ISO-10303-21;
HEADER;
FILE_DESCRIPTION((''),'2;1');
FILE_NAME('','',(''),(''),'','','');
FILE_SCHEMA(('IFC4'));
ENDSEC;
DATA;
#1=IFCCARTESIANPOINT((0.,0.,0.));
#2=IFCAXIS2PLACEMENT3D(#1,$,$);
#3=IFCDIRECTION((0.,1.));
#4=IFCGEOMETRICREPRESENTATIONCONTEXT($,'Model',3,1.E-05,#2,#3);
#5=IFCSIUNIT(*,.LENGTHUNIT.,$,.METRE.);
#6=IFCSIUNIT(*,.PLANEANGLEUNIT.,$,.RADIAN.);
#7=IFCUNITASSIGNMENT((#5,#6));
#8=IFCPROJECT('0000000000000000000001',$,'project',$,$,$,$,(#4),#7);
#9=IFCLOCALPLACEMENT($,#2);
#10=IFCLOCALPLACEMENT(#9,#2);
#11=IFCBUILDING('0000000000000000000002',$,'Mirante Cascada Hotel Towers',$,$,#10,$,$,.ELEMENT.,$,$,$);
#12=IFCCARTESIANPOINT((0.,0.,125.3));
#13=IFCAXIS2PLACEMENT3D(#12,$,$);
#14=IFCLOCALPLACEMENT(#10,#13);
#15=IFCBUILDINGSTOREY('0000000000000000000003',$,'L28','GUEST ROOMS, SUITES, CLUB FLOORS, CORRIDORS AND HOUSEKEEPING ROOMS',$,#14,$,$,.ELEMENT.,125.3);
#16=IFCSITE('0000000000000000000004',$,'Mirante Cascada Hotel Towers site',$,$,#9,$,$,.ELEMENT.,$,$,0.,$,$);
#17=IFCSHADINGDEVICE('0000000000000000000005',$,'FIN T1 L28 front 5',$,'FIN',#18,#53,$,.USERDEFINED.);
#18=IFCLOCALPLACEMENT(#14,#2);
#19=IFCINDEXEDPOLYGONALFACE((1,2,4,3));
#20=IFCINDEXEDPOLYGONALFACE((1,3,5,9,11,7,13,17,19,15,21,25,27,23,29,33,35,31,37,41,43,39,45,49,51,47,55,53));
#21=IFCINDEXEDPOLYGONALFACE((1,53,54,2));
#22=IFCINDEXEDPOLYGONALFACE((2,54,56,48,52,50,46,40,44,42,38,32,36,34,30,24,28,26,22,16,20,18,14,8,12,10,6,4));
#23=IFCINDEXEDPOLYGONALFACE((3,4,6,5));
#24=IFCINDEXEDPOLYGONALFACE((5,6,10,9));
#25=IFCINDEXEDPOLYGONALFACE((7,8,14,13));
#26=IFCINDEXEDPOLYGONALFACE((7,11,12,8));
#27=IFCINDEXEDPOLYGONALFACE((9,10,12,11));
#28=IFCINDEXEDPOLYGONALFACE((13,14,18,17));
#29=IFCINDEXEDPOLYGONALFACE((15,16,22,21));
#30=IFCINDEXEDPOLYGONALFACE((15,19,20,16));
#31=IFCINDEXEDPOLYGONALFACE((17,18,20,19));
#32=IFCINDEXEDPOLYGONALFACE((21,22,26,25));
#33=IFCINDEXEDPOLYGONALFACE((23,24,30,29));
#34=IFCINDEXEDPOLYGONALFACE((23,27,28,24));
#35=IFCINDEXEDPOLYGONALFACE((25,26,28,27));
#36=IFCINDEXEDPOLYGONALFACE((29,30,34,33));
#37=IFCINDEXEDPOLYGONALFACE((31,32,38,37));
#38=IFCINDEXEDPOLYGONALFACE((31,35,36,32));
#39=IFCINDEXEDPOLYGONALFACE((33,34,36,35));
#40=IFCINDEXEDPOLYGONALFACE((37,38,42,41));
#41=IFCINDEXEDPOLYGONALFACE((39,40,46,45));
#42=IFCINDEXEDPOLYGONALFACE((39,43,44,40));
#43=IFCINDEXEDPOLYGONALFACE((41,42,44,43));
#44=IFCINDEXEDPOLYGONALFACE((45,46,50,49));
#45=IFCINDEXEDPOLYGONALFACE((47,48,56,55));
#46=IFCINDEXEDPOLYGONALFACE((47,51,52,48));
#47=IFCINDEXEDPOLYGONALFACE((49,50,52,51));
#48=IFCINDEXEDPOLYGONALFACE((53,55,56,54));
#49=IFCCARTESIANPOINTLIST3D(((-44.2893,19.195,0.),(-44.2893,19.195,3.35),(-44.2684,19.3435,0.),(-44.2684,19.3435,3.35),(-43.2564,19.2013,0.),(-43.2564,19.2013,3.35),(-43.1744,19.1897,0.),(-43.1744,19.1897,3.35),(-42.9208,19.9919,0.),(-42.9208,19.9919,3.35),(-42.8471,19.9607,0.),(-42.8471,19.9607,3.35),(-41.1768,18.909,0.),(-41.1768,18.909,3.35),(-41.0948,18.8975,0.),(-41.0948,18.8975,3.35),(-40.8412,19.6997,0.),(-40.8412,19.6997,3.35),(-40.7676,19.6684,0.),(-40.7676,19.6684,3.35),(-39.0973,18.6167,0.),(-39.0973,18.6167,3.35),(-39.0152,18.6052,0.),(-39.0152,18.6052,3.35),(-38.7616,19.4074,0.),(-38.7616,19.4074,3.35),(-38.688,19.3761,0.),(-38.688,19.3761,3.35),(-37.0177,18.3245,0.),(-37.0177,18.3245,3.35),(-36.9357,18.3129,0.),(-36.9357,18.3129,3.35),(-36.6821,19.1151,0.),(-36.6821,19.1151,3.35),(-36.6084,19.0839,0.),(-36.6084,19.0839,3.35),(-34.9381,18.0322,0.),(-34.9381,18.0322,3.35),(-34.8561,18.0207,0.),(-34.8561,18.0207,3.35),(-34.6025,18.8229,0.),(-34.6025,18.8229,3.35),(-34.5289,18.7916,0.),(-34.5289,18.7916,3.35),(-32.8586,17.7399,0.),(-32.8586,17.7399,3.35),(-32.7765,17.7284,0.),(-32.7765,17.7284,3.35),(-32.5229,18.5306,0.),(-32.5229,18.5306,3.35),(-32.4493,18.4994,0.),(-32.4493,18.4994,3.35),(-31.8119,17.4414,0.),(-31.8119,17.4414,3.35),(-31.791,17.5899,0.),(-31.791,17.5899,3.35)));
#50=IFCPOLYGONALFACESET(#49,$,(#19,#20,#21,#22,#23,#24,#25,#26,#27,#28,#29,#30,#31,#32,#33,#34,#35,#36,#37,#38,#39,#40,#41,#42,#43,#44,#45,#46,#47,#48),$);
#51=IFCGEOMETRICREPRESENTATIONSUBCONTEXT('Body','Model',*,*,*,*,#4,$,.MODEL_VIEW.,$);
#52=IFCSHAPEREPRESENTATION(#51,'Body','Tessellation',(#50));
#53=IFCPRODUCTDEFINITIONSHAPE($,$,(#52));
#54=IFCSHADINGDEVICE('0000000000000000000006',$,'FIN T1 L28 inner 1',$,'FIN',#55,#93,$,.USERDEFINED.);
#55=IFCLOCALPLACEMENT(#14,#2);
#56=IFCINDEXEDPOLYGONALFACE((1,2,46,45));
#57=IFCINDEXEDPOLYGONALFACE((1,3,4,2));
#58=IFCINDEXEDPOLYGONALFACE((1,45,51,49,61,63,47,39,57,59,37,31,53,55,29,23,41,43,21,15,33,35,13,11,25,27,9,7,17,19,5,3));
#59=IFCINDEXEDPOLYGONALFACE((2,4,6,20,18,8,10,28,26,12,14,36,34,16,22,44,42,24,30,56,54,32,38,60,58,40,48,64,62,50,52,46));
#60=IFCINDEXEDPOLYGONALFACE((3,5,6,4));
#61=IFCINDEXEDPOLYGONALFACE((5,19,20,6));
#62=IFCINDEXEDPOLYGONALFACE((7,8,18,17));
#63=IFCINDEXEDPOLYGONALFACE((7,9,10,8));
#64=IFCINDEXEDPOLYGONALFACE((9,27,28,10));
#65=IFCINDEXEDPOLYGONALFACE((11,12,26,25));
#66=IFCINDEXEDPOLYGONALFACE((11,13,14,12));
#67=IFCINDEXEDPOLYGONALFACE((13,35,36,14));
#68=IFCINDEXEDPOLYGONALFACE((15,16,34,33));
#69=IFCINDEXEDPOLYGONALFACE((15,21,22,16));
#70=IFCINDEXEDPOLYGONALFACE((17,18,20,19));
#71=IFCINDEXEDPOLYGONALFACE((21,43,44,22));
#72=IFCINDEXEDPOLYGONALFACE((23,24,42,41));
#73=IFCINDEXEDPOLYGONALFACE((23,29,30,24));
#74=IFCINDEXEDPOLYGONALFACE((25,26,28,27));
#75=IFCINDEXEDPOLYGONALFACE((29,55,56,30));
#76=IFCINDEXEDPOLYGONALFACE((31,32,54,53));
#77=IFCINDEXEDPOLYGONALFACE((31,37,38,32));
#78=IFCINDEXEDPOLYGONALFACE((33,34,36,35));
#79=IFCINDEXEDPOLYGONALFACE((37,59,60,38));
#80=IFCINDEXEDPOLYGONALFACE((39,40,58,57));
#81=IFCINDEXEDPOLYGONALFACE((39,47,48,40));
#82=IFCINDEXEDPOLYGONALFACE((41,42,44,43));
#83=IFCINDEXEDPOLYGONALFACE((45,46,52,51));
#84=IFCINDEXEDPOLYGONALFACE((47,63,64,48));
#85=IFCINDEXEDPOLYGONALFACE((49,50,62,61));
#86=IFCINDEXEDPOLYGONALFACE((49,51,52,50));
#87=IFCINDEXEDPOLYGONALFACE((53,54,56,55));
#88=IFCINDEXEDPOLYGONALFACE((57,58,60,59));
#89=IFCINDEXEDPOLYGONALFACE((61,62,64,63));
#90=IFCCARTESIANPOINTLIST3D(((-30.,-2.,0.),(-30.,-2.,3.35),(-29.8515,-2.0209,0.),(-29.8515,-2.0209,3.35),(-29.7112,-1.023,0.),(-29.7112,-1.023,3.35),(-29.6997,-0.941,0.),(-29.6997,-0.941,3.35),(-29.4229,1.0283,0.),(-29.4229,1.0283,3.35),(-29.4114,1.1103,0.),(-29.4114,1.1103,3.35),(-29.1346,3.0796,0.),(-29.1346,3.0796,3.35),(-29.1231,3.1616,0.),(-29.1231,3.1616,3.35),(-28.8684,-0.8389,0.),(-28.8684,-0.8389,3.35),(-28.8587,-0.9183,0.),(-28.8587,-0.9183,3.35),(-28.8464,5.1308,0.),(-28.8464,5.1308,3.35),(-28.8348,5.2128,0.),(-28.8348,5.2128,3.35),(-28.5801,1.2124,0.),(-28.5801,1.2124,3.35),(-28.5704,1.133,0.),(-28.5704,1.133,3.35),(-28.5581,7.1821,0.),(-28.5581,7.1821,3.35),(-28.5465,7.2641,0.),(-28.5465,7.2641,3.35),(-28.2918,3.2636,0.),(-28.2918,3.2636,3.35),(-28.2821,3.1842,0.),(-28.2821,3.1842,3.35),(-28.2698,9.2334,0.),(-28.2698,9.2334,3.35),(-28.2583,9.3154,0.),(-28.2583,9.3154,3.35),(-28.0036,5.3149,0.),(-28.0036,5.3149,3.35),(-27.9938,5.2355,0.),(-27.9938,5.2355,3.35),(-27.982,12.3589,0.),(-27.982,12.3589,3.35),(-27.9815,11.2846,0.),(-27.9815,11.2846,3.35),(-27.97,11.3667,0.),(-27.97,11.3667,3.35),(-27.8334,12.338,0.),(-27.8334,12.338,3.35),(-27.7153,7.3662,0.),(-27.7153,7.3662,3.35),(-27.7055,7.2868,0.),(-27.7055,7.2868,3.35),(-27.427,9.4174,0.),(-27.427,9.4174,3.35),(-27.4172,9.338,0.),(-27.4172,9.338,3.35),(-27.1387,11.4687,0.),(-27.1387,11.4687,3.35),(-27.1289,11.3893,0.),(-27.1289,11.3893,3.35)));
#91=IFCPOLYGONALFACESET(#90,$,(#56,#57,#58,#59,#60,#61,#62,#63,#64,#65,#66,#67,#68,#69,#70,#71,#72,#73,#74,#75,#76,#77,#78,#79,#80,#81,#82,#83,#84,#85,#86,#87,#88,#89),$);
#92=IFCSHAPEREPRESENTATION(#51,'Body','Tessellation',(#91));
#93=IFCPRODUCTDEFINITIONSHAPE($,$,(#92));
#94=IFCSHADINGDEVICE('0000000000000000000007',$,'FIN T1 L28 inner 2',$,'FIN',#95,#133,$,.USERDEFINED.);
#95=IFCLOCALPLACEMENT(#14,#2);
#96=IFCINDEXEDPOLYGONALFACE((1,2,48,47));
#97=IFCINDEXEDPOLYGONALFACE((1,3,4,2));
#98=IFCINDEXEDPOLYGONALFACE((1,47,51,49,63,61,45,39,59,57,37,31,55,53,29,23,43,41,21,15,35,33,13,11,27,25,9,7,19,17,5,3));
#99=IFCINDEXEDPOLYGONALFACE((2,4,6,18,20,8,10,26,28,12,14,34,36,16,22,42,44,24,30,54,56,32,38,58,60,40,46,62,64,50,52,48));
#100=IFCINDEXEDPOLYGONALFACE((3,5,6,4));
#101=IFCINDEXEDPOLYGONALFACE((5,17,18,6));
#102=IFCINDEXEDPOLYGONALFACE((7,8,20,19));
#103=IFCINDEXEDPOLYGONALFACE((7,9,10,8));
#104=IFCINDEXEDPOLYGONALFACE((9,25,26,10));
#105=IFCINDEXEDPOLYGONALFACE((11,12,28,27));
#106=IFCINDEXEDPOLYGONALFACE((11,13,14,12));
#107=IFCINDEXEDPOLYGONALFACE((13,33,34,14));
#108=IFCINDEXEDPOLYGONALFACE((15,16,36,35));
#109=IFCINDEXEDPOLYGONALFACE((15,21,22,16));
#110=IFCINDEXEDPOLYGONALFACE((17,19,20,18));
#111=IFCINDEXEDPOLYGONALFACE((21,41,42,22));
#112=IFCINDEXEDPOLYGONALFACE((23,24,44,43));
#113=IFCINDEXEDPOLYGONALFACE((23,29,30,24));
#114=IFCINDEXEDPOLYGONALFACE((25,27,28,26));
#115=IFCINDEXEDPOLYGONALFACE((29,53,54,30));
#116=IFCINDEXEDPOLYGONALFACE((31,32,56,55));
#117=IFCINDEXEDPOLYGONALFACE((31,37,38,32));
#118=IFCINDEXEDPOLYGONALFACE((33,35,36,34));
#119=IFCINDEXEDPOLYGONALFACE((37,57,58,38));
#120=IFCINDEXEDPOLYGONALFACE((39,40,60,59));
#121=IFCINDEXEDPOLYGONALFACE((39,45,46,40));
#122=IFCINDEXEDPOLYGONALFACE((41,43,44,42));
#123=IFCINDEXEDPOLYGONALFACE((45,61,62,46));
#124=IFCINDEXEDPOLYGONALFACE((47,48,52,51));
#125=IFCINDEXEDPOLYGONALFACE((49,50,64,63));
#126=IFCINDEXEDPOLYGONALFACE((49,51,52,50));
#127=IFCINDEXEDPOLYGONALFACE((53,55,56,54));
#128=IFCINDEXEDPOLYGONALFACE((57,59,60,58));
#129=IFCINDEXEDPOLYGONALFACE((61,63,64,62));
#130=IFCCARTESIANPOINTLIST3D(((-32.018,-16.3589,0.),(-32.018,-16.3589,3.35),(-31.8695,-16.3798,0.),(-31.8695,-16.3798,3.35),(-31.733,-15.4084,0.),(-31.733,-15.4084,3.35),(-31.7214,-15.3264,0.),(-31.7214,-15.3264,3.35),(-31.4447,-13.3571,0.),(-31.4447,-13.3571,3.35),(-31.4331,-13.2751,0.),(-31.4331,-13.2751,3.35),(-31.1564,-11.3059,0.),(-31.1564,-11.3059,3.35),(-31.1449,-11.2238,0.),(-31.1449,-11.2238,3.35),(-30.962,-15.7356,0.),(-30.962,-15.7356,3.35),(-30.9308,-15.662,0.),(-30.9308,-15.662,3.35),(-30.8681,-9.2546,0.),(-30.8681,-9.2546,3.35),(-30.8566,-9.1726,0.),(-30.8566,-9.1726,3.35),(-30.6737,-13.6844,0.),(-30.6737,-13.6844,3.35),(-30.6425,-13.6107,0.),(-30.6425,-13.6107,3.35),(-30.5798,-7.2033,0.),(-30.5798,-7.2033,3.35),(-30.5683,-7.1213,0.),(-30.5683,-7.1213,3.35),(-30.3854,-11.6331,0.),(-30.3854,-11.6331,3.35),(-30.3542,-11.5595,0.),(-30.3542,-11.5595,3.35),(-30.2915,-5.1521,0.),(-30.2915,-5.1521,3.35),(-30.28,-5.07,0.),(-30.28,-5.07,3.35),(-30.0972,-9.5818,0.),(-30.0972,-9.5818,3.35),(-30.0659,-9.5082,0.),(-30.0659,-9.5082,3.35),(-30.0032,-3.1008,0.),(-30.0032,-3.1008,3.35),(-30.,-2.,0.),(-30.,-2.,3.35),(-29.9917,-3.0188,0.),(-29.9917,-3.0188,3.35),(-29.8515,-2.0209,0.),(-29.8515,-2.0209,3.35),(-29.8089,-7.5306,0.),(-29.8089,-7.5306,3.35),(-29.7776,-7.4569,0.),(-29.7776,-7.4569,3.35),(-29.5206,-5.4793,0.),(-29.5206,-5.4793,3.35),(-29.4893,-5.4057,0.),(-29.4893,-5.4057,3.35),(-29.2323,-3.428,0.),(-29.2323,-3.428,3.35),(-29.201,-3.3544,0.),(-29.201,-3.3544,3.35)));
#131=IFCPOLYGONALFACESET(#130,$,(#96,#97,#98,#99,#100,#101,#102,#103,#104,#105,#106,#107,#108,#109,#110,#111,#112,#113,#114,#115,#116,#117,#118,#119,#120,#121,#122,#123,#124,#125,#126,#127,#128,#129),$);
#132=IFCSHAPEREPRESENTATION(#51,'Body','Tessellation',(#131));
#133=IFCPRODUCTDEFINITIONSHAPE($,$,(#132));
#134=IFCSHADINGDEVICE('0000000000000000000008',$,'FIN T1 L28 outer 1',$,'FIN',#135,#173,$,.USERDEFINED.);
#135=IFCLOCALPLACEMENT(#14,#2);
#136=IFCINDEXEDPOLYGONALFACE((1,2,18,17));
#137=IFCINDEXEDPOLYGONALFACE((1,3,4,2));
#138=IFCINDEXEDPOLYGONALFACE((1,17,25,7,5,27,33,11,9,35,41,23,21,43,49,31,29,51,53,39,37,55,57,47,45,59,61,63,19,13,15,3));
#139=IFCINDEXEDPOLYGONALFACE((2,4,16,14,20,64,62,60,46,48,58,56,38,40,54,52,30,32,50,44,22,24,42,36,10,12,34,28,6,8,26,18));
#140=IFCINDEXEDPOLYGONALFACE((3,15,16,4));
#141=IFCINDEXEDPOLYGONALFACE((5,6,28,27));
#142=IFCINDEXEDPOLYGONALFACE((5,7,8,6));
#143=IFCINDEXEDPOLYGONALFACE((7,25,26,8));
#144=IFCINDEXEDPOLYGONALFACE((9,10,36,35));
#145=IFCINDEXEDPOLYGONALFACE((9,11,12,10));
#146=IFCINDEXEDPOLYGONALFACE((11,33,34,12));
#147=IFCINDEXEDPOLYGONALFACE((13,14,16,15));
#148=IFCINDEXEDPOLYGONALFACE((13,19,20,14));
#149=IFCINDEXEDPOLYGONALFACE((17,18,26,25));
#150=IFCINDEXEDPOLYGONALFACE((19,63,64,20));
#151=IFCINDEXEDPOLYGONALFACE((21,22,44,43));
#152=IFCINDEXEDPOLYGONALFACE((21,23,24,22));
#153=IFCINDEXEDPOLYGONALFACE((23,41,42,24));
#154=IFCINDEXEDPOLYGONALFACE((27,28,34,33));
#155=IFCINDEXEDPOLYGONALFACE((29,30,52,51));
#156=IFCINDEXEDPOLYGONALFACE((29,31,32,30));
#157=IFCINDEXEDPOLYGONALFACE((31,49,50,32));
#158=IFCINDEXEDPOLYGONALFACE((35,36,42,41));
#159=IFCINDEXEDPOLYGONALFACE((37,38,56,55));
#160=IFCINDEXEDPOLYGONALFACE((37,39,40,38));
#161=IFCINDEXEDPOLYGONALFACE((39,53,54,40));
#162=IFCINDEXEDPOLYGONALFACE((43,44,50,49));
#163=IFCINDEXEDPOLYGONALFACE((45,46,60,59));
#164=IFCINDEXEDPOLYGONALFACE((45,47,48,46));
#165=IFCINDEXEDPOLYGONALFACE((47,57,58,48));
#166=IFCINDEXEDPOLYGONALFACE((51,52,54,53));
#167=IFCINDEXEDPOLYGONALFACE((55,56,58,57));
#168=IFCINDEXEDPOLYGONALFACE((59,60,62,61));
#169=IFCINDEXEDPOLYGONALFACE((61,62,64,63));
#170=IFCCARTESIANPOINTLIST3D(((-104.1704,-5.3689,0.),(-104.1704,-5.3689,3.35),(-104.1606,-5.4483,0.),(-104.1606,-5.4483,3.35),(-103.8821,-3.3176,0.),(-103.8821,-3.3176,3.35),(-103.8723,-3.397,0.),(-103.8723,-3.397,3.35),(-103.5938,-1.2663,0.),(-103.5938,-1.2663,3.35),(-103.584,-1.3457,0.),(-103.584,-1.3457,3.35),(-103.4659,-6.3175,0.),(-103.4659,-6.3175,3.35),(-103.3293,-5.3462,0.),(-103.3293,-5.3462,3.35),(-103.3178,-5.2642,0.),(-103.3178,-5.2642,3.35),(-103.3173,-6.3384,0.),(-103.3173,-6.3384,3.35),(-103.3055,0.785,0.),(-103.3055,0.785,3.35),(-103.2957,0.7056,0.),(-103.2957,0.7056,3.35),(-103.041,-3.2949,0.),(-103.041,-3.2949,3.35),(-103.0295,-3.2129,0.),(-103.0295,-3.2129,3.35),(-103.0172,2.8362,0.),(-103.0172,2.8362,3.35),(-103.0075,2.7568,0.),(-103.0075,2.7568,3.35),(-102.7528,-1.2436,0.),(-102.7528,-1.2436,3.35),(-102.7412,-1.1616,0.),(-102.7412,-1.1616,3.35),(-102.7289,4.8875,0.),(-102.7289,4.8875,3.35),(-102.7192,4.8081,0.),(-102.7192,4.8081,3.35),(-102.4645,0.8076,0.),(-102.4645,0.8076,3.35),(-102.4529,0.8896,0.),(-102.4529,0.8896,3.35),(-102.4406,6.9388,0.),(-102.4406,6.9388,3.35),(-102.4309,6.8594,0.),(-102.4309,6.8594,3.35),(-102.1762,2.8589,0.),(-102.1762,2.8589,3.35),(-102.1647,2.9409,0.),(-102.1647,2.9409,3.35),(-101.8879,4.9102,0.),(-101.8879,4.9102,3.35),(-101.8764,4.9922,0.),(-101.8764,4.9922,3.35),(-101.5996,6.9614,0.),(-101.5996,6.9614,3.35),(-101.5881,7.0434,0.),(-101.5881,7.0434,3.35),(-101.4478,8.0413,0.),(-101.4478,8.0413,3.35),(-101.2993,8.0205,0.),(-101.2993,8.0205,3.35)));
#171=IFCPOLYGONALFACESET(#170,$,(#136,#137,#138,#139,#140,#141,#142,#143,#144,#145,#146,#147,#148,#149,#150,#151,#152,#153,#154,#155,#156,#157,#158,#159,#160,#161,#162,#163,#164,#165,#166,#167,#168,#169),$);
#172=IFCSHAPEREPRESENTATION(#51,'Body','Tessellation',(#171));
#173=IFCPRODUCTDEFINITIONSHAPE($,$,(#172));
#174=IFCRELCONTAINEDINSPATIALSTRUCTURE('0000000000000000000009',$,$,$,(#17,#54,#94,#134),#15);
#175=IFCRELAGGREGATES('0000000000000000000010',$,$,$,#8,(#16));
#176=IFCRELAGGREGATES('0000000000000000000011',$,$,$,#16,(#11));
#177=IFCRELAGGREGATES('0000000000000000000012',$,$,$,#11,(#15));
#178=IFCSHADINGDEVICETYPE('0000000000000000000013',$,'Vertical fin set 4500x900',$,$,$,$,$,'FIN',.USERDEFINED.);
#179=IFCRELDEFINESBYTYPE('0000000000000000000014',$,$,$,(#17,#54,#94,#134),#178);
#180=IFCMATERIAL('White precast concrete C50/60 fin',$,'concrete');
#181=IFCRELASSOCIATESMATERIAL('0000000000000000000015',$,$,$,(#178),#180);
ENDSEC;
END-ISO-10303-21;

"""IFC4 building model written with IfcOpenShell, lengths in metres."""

from ifc_helpers import new_model, si_unit, direction, frame, origin, place, context, subcontext, project, spatial, polyline, outline, extrude, material, type_object, element, save


model = new_model("IFC4")

# Units and contexts
model_context = context("Model", 3, precision=1e-05, world=origin(), true_north=direction((0.0, 1.0)))
body_context = subcontext(model_context, "Body", "Model", "MODEL_VIEW")
ifc_project = project(units=[si_unit("LENGTHUNIT", "METRE"), si_unit("PLANEANGLEUNIT", "RADIAN")], contexts=[model_context])

# Site, building, storey
site_placement = place(None, origin())
site = spatial("IfcSite", under=ifc_project, at=site_placement, Name="Mirante Cascada Hotel Towers site", CompositionType="ELEMENT", RefElevation=0.0)
building_placement = place(site_placement, origin())
building = spatial("IfcBuilding", under=site, at=building_placement, Name="Mirante Cascada Hotel Towers", CompositionType="ELEMENT")
storey_placement = place(building_placement, frame((0.0, 0.0, 125.3)))
storey = spatial("IfcBuildingStorey", under=building, at=storey_placement, Name="L28", Description="GUEST ROOMS, SUITES, CLUB FLOORS, CORRIDORS AND HOUSEKEEPING ROOMS", CompositionType="ELEMENT", Elevation=125.3)

# Shading devices
ifc_material_1 = material(Name="White precast concrete C50/60 fin", Category="concrete")
shading_device_type = type_object("IfcShadingDeviceType", Name="Vertical fin set 4500x900", ElementType="FIN", PredefinedType="USERDEFINED", material=ifc_material_1)
shading_device_1_placement = place(storey_placement, origin())
element("IfcShadingDevice", 1, at=shading_device_1_placement, inside=storey, type_object=shading_device_type, Name="FIN T1 L28 front 5", ObjectType="FIN", PredefinedType="USERDEFINED", context=body_context, shape_type="SweptSolid", body=[
    extrude(outline(polyline([(-32.4493, 18.4994), (-32.7765, 17.7284), (-31.791, 17.5899), (-31.8119, 17.4414), (-44.2893, 19.195), (-44.2684, 19.3435), (-43.2564, 19.2013), (-42.9208, 19.9919), (-42.8471, 19.9607), (-43.1744, 19.1897), (-41.1768, 18.909), (-40.8412, 19.6997), (-40.7676, 19.6684), (-41.0948, 18.8975), (-39.0973, 18.6167), (-38.7616, 19.4074), (-38.688, 19.3761), (-39.0152, 18.6052), (-37.0177, 18.3245), (-36.6821, 19.1151), (-36.6084, 19.0839), (-36.9357, 18.3129), (-34.9381, 18.0322), (-34.6025, 18.8229), (-34.5289, 18.7916), (-34.8561, 18.0207), (-32.8586, 17.7399), (-32.5229, 18.5306), (-32.4493, 18.4994)])), origin(), (0.0, 0.0, 1.0), 3.35),
])
shading_device_2_placement = place(storey_placement, origin())
element("IfcShadingDevice", 2, at=shading_device_2_placement, inside=storey, type_object=shading_device_type, Name="FIN T1 L28 inner 1", ObjectType="FIN", PredefinedType="USERDEFINED", context=body_context, shape_type="SweptSolid", body=[
    extrude(outline(polyline([(-29.7112, -1.023), (-29.8515, -2.0209), (-30.0, -2.0), (-27.982, 12.3589), (-27.8334, 12.338), (-27.97, 11.3667), (-27.1387, 11.4687), (-27.1289, 11.3893), (-27.9815, 11.2846), (-28.2583, 9.3154), (-27.427, 9.4174), (-27.4172, 9.338), (-28.2698, 9.2334), (-28.5465, 7.2641), (-27.7153, 7.3662), (-27.7055, 7.2868), (-28.5581, 7.1821), (-28.8348, 5.2128), (-28.0036, 5.3149), (-27.9938, 5.2355), (-28.8464, 5.1308), (-29.1231, 3.1616), (-28.2918, 3.2636), (-28.2821, 3.1842), (-29.1346, 3.0796), (-29.4114, 1.1103), (-28.5801, 1.2124), (-28.5704, 1.133), (-29.4229, 1.0283), (-29.6997, -0.941), (-28.8684, -0.8389), (-28.8587, -0.9183), (-29.7112, -1.023)])), origin(), (0.0, 0.0, 1.0), 3.35),
])
shading_device_3_placement = place(storey_placement, origin())
element("IfcShadingDevice", 3, at=shading_device_3_placement, inside=storey, type_object=shading_device_type, Name="FIN T1 L28 inner 2", ObjectType="FIN", PredefinedType="USERDEFINED", context=body_context, shape_type="SweptSolid", body=[
    extrude(outline(polyline([(-31.733, -15.4084), (-31.8695, -16.3798), (-32.018, -16.3589), (-30.0, -2.0), (-29.8515, -2.0209), (-29.9917, -3.0188), (-29.201, -3.3544), (-29.2323, -3.428), (-30.0032, -3.1008), (-30.28, -5.07), (-29.4893, -5.4057), (-29.5206, -5.4793), (-30.2915, -5.1521), (-30.5683, -7.1213), (-29.7776, -7.4569), (-29.8089, -7.5306), (-30.5798, -7.2033), (-30.8566, -9.1726), (-30.0659, -9.5082), (-30.0972, -9.5818), (-30.8681, -9.2546), (-31.1449, -11.2238), (-30.3542, -11.5595), (-30.3854, -11.6331), (-31.1564, -11.3059), (-31.4331, -13.2751), (-30.6425, -13.6107), (-30.6737, -13.6844), (-31.4447, -13.3571), (-31.7214, -15.3264), (-30.9308, -15.662), (-30.962, -15.7356), (-31.733, -15.4084)])), origin(), (0.0, 0.0, 1.0), 3.35),
])
shading_device_4_placement = place(storey_placement, origin())
element("IfcShadingDevice", 4, at=shading_device_4_placement, inside=storey, type_object=shading_device_type, Name="FIN T1 L28 outer 1", ObjectType="FIN", PredefinedType="USERDEFINED", context=body_context, shape_type="SweptSolid", body=[
    extrude(outline(polyline([(-103.3178, -5.2642), (-103.041, -3.2949), (-103.8723, -3.397), (-103.8821, -3.3176), (-103.0295, -3.2129), (-102.7528, -1.2436), (-103.584, -1.3457), (-103.5938, -1.2663), (-102.7412, -1.1616), (-102.4645, 0.8076), (-103.2957, 0.7056), (-103.3055, 0.785), (-102.4529, 0.8896), (-102.1762, 2.8589), (-103.0075, 2.7568), (-103.0172, 2.8362), (-102.1647, 2.9409), (-101.8879, 4.9102), (-102.7192, 4.8081), (-102.7289, 4.8875), (-101.8764, 4.9922), (-101.5996, 6.9614), (-102.4309, 6.8594), (-102.4406, 6.9388), (-101.5881, 7.0434), (-101.4478, 8.0413), (-101.2993, 8.0205), (-103.3173, -6.3384), (-103.4659, -6.3175), (-103.3293, -5.3462), (-104.1606, -5.4483), (-104.1704, -5.3689), (-103.3178, -5.2642)])), origin(), (0.0, 0.0, 1.0), 3.35),
])

save(model, "model.ifc")
